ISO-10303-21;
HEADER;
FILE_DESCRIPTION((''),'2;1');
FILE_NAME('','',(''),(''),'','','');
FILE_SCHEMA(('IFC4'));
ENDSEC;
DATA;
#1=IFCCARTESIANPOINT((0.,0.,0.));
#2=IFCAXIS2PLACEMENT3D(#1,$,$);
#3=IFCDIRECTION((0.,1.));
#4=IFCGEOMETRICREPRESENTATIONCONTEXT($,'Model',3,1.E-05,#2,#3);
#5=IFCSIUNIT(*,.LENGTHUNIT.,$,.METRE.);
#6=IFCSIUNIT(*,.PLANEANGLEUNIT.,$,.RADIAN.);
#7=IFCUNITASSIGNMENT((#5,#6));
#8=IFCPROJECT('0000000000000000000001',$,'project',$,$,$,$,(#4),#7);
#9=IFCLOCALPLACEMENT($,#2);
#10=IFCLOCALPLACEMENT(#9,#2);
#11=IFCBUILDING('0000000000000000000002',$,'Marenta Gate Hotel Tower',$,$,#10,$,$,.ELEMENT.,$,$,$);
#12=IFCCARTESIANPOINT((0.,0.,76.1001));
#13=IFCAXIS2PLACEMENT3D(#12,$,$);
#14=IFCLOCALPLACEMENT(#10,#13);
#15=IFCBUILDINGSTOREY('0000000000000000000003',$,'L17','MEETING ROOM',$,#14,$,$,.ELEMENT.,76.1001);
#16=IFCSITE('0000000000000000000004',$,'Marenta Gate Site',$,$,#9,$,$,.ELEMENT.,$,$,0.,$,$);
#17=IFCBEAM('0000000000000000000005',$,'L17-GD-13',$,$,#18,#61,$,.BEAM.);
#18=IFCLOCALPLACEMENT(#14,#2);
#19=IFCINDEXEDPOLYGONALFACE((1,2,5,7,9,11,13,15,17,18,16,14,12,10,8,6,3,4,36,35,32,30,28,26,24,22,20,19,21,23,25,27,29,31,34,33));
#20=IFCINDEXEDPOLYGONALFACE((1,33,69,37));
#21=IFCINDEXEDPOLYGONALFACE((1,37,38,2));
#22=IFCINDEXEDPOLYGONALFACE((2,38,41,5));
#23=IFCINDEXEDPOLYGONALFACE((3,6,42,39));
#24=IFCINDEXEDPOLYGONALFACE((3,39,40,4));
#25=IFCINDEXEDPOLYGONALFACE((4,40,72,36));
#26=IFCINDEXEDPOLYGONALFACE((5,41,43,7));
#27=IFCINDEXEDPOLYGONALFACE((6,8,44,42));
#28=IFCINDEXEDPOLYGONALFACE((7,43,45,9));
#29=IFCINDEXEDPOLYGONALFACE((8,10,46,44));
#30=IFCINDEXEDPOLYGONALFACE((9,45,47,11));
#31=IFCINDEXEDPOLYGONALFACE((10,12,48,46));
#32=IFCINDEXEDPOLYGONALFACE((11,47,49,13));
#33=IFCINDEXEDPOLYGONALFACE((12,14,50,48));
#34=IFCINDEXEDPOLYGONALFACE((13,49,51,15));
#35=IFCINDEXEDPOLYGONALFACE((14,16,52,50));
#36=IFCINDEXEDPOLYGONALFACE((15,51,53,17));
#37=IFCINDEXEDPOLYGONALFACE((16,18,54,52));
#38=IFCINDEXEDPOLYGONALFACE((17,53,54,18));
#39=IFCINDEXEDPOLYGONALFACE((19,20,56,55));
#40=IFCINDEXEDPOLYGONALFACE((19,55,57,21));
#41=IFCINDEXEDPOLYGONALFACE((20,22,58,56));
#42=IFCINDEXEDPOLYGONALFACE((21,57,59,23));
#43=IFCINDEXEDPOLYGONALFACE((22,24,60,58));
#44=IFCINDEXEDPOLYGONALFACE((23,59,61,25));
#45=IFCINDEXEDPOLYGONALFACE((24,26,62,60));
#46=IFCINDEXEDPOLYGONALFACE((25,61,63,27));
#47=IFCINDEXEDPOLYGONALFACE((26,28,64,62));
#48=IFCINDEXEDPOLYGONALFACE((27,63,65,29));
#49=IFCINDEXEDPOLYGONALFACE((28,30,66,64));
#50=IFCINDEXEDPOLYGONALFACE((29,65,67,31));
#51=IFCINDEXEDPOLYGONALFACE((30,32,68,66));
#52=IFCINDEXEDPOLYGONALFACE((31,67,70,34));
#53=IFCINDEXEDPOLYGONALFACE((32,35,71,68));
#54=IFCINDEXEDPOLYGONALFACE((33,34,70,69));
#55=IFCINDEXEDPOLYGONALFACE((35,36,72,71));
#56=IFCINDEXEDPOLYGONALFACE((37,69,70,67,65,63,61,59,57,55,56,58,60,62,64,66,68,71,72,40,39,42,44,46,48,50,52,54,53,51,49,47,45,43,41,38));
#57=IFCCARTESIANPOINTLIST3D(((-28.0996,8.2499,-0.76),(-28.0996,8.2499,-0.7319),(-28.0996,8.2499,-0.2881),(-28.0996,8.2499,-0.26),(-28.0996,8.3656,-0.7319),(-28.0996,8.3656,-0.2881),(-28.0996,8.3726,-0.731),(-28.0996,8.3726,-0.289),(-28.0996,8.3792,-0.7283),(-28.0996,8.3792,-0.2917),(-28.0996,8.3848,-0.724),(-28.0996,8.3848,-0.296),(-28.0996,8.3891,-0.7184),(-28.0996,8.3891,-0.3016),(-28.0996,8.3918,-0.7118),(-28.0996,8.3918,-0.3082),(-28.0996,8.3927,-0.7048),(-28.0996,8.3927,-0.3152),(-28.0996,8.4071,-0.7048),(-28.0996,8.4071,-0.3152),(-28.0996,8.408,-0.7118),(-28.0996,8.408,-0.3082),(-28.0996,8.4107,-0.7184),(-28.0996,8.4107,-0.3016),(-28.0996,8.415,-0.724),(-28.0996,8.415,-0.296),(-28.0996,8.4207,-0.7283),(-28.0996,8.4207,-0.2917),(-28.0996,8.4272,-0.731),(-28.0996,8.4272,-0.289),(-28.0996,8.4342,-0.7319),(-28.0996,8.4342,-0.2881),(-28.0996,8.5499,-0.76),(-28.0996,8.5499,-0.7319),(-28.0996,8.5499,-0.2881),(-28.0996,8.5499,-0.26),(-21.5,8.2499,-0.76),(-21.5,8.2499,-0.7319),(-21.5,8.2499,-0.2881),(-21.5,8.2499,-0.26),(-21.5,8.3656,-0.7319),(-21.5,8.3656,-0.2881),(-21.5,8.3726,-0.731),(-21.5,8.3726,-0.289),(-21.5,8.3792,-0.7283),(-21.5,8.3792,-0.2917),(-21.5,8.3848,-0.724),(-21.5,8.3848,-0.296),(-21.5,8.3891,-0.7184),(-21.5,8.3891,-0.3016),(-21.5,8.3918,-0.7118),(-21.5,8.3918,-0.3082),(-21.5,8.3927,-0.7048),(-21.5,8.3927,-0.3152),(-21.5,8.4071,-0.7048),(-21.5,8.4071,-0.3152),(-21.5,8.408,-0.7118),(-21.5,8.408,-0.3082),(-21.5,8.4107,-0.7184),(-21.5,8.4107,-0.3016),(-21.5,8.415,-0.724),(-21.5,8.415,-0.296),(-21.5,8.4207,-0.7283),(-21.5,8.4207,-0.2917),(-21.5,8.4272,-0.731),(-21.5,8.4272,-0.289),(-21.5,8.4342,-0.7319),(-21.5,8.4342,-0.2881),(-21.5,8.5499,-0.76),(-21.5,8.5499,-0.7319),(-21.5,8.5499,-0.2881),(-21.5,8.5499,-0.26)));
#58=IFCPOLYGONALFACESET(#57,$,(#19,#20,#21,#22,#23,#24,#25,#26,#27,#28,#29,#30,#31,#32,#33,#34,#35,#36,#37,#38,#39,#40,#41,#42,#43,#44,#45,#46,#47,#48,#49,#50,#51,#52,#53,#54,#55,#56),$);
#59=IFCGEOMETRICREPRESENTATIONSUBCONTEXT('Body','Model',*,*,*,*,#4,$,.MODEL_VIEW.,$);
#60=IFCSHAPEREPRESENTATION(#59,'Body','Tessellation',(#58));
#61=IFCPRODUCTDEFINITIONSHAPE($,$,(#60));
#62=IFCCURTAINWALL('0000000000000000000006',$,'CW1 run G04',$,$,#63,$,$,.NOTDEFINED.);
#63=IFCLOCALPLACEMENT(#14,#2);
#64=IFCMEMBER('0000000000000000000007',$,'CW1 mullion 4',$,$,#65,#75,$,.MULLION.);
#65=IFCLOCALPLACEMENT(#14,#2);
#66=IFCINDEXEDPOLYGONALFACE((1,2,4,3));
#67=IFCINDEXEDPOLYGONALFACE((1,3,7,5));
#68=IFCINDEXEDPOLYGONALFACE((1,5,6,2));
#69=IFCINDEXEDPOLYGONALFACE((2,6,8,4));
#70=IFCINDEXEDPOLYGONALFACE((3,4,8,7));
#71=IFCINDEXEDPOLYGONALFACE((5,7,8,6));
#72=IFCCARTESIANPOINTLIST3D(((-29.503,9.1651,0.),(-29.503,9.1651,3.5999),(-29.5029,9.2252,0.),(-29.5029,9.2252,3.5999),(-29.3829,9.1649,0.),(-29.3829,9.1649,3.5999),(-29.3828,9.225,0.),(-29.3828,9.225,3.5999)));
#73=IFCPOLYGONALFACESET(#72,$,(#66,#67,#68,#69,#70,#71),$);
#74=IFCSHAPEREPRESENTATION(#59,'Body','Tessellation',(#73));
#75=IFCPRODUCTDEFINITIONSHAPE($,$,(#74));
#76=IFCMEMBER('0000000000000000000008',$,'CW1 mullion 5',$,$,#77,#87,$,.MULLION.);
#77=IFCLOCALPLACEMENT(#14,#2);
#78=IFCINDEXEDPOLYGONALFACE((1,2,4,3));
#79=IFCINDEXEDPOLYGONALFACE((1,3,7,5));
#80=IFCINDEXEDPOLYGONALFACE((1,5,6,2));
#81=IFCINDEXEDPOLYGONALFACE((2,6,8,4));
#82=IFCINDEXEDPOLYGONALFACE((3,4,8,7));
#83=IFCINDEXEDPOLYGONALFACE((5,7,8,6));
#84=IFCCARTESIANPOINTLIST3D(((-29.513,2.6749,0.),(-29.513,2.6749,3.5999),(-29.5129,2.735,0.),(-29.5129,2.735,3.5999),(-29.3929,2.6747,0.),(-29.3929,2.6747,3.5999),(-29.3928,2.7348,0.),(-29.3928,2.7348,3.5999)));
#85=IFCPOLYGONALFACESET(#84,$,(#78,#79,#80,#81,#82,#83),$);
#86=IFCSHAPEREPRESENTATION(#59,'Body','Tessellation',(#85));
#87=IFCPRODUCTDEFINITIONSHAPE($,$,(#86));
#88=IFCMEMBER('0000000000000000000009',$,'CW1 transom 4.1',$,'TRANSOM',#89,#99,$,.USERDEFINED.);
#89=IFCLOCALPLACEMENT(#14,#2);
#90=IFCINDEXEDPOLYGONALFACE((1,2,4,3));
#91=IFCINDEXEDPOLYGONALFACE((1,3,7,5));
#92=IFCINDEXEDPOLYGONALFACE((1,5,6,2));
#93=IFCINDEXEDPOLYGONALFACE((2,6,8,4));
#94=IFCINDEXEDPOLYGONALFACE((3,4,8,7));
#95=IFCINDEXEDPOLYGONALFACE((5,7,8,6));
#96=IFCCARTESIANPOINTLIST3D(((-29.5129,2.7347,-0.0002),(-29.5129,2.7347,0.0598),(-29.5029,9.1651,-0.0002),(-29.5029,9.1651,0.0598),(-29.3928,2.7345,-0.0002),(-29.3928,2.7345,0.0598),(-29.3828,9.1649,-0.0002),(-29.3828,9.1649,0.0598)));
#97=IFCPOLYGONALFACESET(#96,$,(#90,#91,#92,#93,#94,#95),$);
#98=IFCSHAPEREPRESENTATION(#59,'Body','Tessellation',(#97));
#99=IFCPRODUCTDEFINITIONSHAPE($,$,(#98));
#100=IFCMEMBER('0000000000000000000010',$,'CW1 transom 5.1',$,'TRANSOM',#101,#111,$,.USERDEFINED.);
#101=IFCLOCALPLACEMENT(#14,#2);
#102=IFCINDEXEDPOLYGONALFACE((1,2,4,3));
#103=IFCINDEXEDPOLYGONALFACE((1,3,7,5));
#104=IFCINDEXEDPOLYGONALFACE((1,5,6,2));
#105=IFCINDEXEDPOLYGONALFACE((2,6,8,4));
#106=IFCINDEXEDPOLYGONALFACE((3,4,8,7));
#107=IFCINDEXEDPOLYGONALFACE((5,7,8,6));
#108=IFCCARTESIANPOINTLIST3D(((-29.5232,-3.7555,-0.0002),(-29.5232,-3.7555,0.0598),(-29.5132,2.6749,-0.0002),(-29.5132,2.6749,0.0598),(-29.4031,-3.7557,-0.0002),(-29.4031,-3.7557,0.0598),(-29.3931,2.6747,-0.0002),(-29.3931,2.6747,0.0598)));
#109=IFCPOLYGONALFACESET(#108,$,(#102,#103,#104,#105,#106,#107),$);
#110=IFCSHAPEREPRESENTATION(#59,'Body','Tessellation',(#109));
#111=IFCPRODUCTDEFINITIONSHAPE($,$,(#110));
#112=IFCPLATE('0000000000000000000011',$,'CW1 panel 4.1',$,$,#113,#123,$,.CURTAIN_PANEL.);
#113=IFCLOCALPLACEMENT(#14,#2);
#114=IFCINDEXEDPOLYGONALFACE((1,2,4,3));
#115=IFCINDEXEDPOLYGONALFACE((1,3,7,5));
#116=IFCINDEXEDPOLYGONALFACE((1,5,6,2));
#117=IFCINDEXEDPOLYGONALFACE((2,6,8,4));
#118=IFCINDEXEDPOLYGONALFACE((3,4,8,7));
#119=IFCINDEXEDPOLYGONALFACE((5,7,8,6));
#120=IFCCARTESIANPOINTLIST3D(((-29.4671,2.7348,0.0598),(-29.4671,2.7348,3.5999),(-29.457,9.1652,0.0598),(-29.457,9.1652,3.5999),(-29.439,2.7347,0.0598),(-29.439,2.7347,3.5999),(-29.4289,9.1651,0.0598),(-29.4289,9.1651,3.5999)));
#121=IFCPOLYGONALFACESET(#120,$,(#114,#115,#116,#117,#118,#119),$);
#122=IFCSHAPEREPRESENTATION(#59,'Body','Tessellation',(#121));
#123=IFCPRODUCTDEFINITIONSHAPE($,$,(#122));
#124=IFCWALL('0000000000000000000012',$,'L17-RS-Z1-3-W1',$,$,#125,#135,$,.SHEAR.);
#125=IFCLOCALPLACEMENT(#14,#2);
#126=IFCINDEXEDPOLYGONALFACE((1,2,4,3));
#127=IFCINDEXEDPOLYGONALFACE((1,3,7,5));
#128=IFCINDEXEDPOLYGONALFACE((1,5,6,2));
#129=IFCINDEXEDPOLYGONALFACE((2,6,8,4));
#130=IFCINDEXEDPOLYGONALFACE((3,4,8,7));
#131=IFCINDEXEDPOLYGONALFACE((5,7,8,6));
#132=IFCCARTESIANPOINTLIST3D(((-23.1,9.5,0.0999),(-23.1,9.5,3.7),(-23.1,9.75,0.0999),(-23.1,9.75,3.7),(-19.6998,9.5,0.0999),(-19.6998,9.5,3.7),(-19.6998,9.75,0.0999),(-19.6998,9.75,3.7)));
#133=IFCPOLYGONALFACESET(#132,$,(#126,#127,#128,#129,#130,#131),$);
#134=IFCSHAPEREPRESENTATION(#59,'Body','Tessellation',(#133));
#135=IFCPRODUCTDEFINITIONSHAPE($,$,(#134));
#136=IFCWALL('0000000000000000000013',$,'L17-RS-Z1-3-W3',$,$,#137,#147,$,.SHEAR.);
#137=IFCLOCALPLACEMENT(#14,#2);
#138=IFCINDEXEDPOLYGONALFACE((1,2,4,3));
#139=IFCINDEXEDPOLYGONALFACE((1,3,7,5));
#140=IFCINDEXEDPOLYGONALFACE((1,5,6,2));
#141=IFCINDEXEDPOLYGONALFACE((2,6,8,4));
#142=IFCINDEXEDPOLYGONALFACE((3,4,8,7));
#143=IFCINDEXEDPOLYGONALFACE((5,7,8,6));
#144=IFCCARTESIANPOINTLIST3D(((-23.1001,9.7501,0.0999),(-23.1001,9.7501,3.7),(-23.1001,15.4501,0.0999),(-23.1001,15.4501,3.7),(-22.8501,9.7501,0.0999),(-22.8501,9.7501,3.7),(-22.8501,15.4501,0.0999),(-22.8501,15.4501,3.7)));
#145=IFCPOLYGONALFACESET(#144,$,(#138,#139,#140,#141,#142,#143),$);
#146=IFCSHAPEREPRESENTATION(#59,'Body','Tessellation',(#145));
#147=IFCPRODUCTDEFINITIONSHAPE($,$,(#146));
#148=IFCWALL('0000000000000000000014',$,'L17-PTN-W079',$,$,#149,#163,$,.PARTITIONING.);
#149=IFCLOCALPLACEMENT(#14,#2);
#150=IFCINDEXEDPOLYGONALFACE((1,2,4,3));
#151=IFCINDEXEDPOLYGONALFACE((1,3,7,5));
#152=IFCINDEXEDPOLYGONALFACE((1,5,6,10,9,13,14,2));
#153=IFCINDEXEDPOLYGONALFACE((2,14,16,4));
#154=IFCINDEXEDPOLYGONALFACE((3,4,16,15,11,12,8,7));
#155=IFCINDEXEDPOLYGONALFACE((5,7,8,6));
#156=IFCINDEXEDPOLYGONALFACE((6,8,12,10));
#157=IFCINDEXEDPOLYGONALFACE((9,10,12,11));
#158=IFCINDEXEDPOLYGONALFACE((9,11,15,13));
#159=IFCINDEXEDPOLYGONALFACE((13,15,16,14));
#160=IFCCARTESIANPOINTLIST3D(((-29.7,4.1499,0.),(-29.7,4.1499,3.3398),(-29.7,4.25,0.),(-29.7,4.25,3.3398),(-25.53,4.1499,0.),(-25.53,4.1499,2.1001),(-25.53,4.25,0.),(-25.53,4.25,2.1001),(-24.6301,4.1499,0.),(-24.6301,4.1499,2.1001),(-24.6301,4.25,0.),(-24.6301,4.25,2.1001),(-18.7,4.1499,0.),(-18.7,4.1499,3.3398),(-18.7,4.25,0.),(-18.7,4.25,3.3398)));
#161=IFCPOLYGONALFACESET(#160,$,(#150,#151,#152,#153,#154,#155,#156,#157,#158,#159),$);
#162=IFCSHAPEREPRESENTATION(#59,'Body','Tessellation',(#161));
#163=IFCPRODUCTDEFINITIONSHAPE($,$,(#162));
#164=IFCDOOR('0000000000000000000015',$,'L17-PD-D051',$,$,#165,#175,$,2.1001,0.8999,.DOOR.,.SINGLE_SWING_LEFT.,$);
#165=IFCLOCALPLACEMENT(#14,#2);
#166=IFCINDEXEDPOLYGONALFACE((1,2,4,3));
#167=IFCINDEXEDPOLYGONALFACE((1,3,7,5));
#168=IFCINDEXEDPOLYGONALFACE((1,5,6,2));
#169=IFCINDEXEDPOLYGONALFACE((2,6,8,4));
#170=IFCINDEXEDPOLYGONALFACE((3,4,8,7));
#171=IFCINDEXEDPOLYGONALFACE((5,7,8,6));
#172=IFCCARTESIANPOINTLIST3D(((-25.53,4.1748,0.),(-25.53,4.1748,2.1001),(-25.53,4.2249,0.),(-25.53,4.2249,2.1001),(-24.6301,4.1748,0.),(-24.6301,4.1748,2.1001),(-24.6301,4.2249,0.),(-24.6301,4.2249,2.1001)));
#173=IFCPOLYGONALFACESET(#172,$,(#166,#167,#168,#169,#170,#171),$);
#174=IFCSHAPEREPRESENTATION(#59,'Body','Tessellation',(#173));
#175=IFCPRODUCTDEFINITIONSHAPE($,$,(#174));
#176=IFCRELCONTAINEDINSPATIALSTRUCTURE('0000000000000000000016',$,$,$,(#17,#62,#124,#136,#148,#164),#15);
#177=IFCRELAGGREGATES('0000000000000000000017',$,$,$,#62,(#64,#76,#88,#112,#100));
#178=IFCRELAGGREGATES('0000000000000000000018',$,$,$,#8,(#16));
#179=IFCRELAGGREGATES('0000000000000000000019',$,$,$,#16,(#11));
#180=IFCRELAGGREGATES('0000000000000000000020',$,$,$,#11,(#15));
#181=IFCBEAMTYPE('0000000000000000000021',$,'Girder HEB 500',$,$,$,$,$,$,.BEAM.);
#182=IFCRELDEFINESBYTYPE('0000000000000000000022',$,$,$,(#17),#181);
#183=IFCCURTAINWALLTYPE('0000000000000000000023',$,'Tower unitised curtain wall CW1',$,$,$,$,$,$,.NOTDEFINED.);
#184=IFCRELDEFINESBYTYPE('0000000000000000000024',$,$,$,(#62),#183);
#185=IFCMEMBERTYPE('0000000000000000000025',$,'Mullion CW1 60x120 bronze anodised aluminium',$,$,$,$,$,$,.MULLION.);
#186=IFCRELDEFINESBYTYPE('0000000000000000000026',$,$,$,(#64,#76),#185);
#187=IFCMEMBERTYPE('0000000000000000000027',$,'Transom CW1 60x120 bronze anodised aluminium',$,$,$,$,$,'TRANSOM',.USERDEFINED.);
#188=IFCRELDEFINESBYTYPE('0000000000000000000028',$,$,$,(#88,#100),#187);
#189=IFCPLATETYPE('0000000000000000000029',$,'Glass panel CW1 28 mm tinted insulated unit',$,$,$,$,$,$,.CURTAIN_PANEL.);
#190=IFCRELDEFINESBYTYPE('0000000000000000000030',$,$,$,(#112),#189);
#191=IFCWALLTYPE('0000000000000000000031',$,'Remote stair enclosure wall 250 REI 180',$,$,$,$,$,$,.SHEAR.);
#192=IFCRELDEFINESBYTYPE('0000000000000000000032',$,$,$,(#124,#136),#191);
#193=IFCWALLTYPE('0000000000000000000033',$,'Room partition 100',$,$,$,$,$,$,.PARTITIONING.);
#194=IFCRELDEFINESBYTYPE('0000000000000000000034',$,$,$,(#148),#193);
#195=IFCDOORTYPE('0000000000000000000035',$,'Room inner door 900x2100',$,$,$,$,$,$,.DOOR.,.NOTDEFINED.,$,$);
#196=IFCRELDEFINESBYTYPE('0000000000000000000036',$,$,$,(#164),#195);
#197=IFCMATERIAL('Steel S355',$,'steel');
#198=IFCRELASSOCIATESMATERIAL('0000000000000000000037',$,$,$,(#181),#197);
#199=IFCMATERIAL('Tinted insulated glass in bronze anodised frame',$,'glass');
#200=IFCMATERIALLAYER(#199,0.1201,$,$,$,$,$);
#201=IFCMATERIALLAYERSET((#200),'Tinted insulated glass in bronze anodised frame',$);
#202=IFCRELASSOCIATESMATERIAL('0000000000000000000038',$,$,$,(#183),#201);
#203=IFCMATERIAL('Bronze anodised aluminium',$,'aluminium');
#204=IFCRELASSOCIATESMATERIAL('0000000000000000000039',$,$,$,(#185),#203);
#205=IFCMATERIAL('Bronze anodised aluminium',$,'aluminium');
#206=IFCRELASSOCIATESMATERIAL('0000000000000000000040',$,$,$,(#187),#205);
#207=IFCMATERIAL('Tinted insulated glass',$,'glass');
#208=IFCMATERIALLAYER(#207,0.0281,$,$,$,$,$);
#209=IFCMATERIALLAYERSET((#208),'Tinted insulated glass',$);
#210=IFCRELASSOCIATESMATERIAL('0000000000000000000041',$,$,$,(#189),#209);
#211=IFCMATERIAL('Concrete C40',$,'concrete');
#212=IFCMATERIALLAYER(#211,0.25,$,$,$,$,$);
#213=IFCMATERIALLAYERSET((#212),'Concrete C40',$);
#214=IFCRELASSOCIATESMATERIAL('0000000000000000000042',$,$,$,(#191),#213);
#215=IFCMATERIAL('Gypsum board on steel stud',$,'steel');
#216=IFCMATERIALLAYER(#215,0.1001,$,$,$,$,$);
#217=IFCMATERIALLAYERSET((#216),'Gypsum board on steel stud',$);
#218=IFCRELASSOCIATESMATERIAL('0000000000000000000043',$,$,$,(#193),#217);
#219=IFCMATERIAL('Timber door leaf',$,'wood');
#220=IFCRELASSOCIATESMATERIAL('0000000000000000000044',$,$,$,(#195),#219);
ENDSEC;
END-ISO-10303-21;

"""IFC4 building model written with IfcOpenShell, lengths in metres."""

from ifc_helpers import new_model, si_unit, direction, frame, frame_2d, origin, origin_2d, place, context, subcontext, project, spatial, rectangle, i_section, extrude, material, layer, layer_set, material_profile, profile_set, type_object, element, fill, aggregate, save


model = new_model("IFC4")

# Units and contexts
model_context = context("Model", 3, precision=1e-05, world=origin(), true_north=direction((0.0, 1.0)))
body_context = subcontext(model_context, "Body", "Model", "MODEL_VIEW")
ifc_project = project(units=[si_unit("LENGTHUNIT", "METRE"), si_unit("PLANEANGLEUNIT", "RADIAN")], contexts=[model_context])

# Site, building, storey
site_placement = place(None, origin())
site = spatial("IfcSite", under=ifc_project, at=site_placement, Name="Marenta Gate Site", CompositionType="ELEMENT", RefElevation=0.0)
building_placement = place(site_placement, origin())
building = spatial("IfcBuilding", under=site, at=building_placement, Name="Marenta Gate Hotel Tower", CompositionType="ELEMENT")
storey_placement = place(building_placement, frame((0.0, 0.0, 76.1001)))
storey = spatial("IfcBuildingStorey", under=building, at=storey_placement, Name="L17", Description="MEETING ROOM", CompositionType="ELEMENT", Elevation=76.1001)

# Beam
ifc_material_1 = material(Name="Steel S355", Category="steel")
ifc_material_profile_1 = material_profile(ifc_material_1, i_section(OverallWidth=0.3, OverallDepth=0.5, WebThickness=0.0144, FlangeThickness=0.0281, FilletRadius=0.0271, at=origin_2d()), Name="HEB 500")
ifc_profile_set_1 = profile_set([ifc_material_profile_1], Name="Steel S355")
beam_type_1 = type_object("IfcBeamType", Name="Girder HEB 500", PredefinedType="BEAM", material=ifc_profile_set_1)
beam_1_placement = place(storey_placement, frame((-28.0996, 8.3999, -0.51), z_axis=(1.0, 0.0, 0.0), x_axis=(0.0, 1.0, 0.0)))
element("IfcBeam", 1, at=beam_1_placement, inside=storey, type_object=beam_type_1, Name="L17-GD-13", PredefinedType="BEAM", context=body_context, shape_type="SweptSolid", body=[
    extrude(i_section(OverallWidth=0.3, OverallDepth=0.5, WebThickness=0.0144, FlangeThickness=0.0281, FilletRadius=0.0271, at=origin_2d()), origin(), (0.0, 0.0, 1.0), 6.5996),
])

# Curtain wall, members, plate
ifc_material_2 = material(Name="Tinted insulated glass in bronze anodised frame", Category="glass")
ifc_layer_1 = layer(ifc_material_2, 0.1201)
ifc_layer_set_1 = layer_set([ifc_layer_1], Name="Tinted insulated glass in bronze anodised frame")
curtain_wall_type = type_object("IfcCurtainWallType", Name="Tower unitised curtain wall CW1", PredefinedType="NOTDEFINED", material=ifc_layer_set_1)
curtain_wall_placement = place(storey_placement, origin())
curtain_wall = element("IfcCurtainWall", 2, at=curtain_wall_placement, inside=storey, type_object=curtain_wall_type, Name="CW1 run G04", PredefinedType="NOTDEFINED")
ifc_material_3 = material(Name="Bronze anodised aluminium", Category="aluminium")
ifc_material_profile_2 = material_profile(ifc_material_3, rectangle(XDim=0.1201, YDim=0.0601, at=origin_2d()), Name="Mullion CW1 60x120 bronze anodised aluminium")
ifc_profile_set_2 = profile_set([ifc_material_profile_2], Name="Bronze anodised aluminium")
member_type_1 = type_object("IfcMemberType", Name="Mullion CW1 60x120 bronze anodised aluminium", PredefinedType="MULLION", material=ifc_profile_set_2)
member_1_placement = place(storey_placement, frame((-29.4429, 9.1951, 0.0), z_axis=(0.0, 0.0, 1.0), x_axis=(0.999999, -0.001566, 0.0)))
member_1 = element("IfcMember", 3, at=member_1_placement, type_object=member_type_1, Name="CW1 mullion 4", PredefinedType="MULLION", context=body_context, shape_type="SweptSolid", body=[
    extrude(rectangle(XDim=0.1201, YDim=0.0601, at=origin_2d()), origin(), (0.0, 0.0, 1.0), 3.5999),
])
member_2_placement = place(storey_placement, frame((-29.4529, 2.7048, 0.0), z_axis=(0.0, 0.0, 1.0), x_axis=(0.999999, -0.001566, 0.0)))
member_2 = element("IfcMember", 4, at=member_2_placement, type_object=member_type_1, Name="CW1 mullion 5", PredefinedType="MULLION", context=body_context, shape_type="SweptSolid", body=[
    extrude(rectangle(XDim=0.1201, YDim=0.0601, at=origin_2d()), origin(), (0.0, 0.0, 1.0), 3.5999),
])
ifc_material_4 = material(Name="Bronze anodised aluminium", Category="aluminium")
ifc_material_profile_3 = material_profile(ifc_material_4, rectangle(XDim=0.1201, YDim=0.0601, at=origin_2d()), Name="Transom CW1 60x120 bronze anodised aluminium")
ifc_profile_set_3 = profile_set([ifc_material_profile_3], Name="Bronze anodised aluminium")
member_type_2 = type_object("IfcMemberType", Name="Transom CW1 60x120 bronze anodised aluminium", ElementType="TRANSOM", PredefinedType="USERDEFINED", material=ifc_profile_set_3)
member_3_placement = place(storey_placement, frame((-29.4429, 9.165, 0.0298), z_axis=(-0.001557, -0.999999, 0.0), x_axis=(0.999999, -0.001557, 0.0)))
member_3 = element("IfcMember", 5, at=member_3_placement, type_object=member_type_2, Name="CW1 transom 4.1", ObjectType="TRANSOM", PredefinedType="USERDEFINED", context=body_context, shape_type="SweptSolid", body=[
    extrude(rectangle(XDim=0.1201, YDim=0.0601, at=origin_2d()), origin(), (0.0, 0.0, 1.0), 6.4304),
])
member_4_placement = place(storey_placement, frame((-29.4531, 2.6748, 0.0298), z_axis=(-0.001557, -0.999999, 0.0), x_axis=(0.999999, -0.001557, 0.0)))
member_4 = element("IfcMember", 6, at=member_4_placement, type_object=member_type_2, Name="CW1 transom 5.1", ObjectType="TRANSOM", PredefinedType="USERDEFINED", context=body_context, shape_type="SweptSolid", body=[
    extrude(rectangle(XDim=0.1201, YDim=0.0601, at=origin_2d()), origin(), (0.0, 0.0, 1.0), 6.4304),
])
ifc_material_5 = material(Name="Tinted insulated glass", Category="glass")
ifc_layer_2 = layer(ifc_material_5, 0.0281)
ifc_layer_set_2 = layer_set([ifc_layer_2], Name="Tinted insulated glass")
plate_type = type_object("IfcPlateType", Name="Glass panel CW1 28 mm tinted insulated unit", PredefinedType="CURTAIN_PANEL", material=ifc_layer_set_2)
plate_placement = place(storey_placement, frame((-29.448, 5.95, 0.0598), z_axis=(0.0, 0.0, 1.0), x_axis=(-0.001566, -0.999999, 0.0)))
plate = element("IfcPlate", 7, at=plate_placement, type_object=plate_type, Name="CW1 panel 4.1", PredefinedType="CURTAIN_PANEL", context=body_context, shape_type="SweptSolid", body=[
    extrude(rectangle(XDim=6.4304, YDim=0.0281, at=origin_2d()), origin(), (0.0, 0.0, 1.0), 3.54),
])
aggregate(curtain_wall, [member_1, member_2, member_3, plate, member_4])

# Walls
ifc_material_6 = material(Name="Concrete C40", Category="concrete")
ifc_layer_3 = layer(ifc_material_6, 0.25)
ifc_layer_set_3 = layer_set([ifc_layer_3], Name="Concrete C40")
wall_type_1 = type_object("IfcWallType", Name="Remote stair enclosure wall 250 REI 180", PredefinedType="SHEAR", material=ifc_layer_set_3)
wall_1_placement = place(storey_placement, frame((-23.1001, 9.625, 0.0999), z_axis=(0.0, 0.0, 1.0), x_axis=(1.0, 0.0, 0.0)))
element("IfcWall", 8, at=wall_1_placement, inside=storey, type_object=wall_type_1, Name="L17-RS-Z1-3-W1", PredefinedType="SHEAR", context=body_context, shape_type="SweptSolid", body=[
    extrude(rectangle(XDim=3.4001, YDim=0.25, at=frame_2d((1.7002, 0.0))), origin(), (0.0, 0.0, 1.0), 3.6001),
])
wall_2_placement = place(storey_placement, frame((-22.9751, 9.75, 0.0999), z_axis=(0.0, 0.0, 1.0), x_axis=(0.0, 1.0, 0.0)))
element("IfcWall", 9, at=wall_2_placement, inside=storey, type_object=wall_type_1, Name="L17-RS-Z1-3-W3", PredefinedType="SHEAR", context=body_context, shape_type="SweptSolid", body=[
    extrude(rectangle(XDim=5.7, YDim=0.25, at=frame_2d((2.8501, 0.0))), origin(), (0.0, 0.0, 1.0), 3.6001),
])

# Wall, opening, door
ifc_material_7 = material(Name="Gypsum board on steel stud", Category="steel")
ifc_layer_4 = layer(ifc_material_7, 0.1001)
ifc_layer_set_4 = layer_set([ifc_layer_4], Name="Gypsum board on steel stud")
wall_type_2 = type_object("IfcWallType", Name="Room partition 100", PredefinedType="PARTITIONING", material=ifc_layer_set_4)
wall_3_placement = place(storey_placement, frame((-29.7, 4.2, 0.0), z_axis=(0.0, 0.0, 1.0), x_axis=(1.0, 0.0, 0.0)))
wall_3 = element("IfcWall", 10, at=wall_3_placement, inside=storey, type_object=wall_type_2, Name="L17-PTN-W079", PredefinedType="PARTITIONING", context=body_context, shape_type="SweptSolid", body=[
    extrude(rectangle(XDim=11.0, YDim=0.1001, at=frame_2d((5.5, 0.0))), origin(), (0.0, 0.0, 1.0), 3.3398),
])
opening_1_placement = place(wall_3_placement, frame((4.1699, 0.0, 0.0)))
opening_1 = element("IfcOpeningElement", 11, at=opening_1_placement, cuts=wall_3, PredefinedType="OPENING", context=body_context, shape_type="SweptSolid", body=[
    extrude(rectangle(XDim=0.8999, YDim=2.1001, at=frame_2d((0.45, 1.05))), frame((0.0, 0.05, 0.0), z_axis=(0.0, -1.0, 0.0), x_axis=(1.0, 0.0, 0.0)), (0.0, 0.0, 1.0), 0.1001),
])
ifc_material_8 = material(Name="Timber door leaf", Category="wood")
door_type_1 = type_object("IfcDoorType", Name="Room inner door 900x2100", OperationType="NOTDEFINED", PredefinedType="DOOR", material=ifc_material_8)
door_1_placement = place(opening_1_placement, origin())
door_1 = element("IfcDoor", 12, at=door_1_placement, inside=storey, type_object=door_type_1, Name="L17-PD-D051", OperationType="SINGLE_SWING_LEFT", OverallHeight=2.1001, OverallWidth=0.8999, PredefinedType="DOOR", context=body_context, shape_type="SweptSolid", body=[
    extrude(rectangle(XDim=0.8999, YDim=2.1001, at=frame_2d((0.45, 1.05))), frame((0.0, 0.0249, 0.0), z_axis=(0.0, -1.0, 0.0), x_axis=(1.0, 0.0, 0.0)), (0.0, 0.0, 1.0), 0.05),
])
fill(opening_1, door_1)

save(model, "model.ifc")
